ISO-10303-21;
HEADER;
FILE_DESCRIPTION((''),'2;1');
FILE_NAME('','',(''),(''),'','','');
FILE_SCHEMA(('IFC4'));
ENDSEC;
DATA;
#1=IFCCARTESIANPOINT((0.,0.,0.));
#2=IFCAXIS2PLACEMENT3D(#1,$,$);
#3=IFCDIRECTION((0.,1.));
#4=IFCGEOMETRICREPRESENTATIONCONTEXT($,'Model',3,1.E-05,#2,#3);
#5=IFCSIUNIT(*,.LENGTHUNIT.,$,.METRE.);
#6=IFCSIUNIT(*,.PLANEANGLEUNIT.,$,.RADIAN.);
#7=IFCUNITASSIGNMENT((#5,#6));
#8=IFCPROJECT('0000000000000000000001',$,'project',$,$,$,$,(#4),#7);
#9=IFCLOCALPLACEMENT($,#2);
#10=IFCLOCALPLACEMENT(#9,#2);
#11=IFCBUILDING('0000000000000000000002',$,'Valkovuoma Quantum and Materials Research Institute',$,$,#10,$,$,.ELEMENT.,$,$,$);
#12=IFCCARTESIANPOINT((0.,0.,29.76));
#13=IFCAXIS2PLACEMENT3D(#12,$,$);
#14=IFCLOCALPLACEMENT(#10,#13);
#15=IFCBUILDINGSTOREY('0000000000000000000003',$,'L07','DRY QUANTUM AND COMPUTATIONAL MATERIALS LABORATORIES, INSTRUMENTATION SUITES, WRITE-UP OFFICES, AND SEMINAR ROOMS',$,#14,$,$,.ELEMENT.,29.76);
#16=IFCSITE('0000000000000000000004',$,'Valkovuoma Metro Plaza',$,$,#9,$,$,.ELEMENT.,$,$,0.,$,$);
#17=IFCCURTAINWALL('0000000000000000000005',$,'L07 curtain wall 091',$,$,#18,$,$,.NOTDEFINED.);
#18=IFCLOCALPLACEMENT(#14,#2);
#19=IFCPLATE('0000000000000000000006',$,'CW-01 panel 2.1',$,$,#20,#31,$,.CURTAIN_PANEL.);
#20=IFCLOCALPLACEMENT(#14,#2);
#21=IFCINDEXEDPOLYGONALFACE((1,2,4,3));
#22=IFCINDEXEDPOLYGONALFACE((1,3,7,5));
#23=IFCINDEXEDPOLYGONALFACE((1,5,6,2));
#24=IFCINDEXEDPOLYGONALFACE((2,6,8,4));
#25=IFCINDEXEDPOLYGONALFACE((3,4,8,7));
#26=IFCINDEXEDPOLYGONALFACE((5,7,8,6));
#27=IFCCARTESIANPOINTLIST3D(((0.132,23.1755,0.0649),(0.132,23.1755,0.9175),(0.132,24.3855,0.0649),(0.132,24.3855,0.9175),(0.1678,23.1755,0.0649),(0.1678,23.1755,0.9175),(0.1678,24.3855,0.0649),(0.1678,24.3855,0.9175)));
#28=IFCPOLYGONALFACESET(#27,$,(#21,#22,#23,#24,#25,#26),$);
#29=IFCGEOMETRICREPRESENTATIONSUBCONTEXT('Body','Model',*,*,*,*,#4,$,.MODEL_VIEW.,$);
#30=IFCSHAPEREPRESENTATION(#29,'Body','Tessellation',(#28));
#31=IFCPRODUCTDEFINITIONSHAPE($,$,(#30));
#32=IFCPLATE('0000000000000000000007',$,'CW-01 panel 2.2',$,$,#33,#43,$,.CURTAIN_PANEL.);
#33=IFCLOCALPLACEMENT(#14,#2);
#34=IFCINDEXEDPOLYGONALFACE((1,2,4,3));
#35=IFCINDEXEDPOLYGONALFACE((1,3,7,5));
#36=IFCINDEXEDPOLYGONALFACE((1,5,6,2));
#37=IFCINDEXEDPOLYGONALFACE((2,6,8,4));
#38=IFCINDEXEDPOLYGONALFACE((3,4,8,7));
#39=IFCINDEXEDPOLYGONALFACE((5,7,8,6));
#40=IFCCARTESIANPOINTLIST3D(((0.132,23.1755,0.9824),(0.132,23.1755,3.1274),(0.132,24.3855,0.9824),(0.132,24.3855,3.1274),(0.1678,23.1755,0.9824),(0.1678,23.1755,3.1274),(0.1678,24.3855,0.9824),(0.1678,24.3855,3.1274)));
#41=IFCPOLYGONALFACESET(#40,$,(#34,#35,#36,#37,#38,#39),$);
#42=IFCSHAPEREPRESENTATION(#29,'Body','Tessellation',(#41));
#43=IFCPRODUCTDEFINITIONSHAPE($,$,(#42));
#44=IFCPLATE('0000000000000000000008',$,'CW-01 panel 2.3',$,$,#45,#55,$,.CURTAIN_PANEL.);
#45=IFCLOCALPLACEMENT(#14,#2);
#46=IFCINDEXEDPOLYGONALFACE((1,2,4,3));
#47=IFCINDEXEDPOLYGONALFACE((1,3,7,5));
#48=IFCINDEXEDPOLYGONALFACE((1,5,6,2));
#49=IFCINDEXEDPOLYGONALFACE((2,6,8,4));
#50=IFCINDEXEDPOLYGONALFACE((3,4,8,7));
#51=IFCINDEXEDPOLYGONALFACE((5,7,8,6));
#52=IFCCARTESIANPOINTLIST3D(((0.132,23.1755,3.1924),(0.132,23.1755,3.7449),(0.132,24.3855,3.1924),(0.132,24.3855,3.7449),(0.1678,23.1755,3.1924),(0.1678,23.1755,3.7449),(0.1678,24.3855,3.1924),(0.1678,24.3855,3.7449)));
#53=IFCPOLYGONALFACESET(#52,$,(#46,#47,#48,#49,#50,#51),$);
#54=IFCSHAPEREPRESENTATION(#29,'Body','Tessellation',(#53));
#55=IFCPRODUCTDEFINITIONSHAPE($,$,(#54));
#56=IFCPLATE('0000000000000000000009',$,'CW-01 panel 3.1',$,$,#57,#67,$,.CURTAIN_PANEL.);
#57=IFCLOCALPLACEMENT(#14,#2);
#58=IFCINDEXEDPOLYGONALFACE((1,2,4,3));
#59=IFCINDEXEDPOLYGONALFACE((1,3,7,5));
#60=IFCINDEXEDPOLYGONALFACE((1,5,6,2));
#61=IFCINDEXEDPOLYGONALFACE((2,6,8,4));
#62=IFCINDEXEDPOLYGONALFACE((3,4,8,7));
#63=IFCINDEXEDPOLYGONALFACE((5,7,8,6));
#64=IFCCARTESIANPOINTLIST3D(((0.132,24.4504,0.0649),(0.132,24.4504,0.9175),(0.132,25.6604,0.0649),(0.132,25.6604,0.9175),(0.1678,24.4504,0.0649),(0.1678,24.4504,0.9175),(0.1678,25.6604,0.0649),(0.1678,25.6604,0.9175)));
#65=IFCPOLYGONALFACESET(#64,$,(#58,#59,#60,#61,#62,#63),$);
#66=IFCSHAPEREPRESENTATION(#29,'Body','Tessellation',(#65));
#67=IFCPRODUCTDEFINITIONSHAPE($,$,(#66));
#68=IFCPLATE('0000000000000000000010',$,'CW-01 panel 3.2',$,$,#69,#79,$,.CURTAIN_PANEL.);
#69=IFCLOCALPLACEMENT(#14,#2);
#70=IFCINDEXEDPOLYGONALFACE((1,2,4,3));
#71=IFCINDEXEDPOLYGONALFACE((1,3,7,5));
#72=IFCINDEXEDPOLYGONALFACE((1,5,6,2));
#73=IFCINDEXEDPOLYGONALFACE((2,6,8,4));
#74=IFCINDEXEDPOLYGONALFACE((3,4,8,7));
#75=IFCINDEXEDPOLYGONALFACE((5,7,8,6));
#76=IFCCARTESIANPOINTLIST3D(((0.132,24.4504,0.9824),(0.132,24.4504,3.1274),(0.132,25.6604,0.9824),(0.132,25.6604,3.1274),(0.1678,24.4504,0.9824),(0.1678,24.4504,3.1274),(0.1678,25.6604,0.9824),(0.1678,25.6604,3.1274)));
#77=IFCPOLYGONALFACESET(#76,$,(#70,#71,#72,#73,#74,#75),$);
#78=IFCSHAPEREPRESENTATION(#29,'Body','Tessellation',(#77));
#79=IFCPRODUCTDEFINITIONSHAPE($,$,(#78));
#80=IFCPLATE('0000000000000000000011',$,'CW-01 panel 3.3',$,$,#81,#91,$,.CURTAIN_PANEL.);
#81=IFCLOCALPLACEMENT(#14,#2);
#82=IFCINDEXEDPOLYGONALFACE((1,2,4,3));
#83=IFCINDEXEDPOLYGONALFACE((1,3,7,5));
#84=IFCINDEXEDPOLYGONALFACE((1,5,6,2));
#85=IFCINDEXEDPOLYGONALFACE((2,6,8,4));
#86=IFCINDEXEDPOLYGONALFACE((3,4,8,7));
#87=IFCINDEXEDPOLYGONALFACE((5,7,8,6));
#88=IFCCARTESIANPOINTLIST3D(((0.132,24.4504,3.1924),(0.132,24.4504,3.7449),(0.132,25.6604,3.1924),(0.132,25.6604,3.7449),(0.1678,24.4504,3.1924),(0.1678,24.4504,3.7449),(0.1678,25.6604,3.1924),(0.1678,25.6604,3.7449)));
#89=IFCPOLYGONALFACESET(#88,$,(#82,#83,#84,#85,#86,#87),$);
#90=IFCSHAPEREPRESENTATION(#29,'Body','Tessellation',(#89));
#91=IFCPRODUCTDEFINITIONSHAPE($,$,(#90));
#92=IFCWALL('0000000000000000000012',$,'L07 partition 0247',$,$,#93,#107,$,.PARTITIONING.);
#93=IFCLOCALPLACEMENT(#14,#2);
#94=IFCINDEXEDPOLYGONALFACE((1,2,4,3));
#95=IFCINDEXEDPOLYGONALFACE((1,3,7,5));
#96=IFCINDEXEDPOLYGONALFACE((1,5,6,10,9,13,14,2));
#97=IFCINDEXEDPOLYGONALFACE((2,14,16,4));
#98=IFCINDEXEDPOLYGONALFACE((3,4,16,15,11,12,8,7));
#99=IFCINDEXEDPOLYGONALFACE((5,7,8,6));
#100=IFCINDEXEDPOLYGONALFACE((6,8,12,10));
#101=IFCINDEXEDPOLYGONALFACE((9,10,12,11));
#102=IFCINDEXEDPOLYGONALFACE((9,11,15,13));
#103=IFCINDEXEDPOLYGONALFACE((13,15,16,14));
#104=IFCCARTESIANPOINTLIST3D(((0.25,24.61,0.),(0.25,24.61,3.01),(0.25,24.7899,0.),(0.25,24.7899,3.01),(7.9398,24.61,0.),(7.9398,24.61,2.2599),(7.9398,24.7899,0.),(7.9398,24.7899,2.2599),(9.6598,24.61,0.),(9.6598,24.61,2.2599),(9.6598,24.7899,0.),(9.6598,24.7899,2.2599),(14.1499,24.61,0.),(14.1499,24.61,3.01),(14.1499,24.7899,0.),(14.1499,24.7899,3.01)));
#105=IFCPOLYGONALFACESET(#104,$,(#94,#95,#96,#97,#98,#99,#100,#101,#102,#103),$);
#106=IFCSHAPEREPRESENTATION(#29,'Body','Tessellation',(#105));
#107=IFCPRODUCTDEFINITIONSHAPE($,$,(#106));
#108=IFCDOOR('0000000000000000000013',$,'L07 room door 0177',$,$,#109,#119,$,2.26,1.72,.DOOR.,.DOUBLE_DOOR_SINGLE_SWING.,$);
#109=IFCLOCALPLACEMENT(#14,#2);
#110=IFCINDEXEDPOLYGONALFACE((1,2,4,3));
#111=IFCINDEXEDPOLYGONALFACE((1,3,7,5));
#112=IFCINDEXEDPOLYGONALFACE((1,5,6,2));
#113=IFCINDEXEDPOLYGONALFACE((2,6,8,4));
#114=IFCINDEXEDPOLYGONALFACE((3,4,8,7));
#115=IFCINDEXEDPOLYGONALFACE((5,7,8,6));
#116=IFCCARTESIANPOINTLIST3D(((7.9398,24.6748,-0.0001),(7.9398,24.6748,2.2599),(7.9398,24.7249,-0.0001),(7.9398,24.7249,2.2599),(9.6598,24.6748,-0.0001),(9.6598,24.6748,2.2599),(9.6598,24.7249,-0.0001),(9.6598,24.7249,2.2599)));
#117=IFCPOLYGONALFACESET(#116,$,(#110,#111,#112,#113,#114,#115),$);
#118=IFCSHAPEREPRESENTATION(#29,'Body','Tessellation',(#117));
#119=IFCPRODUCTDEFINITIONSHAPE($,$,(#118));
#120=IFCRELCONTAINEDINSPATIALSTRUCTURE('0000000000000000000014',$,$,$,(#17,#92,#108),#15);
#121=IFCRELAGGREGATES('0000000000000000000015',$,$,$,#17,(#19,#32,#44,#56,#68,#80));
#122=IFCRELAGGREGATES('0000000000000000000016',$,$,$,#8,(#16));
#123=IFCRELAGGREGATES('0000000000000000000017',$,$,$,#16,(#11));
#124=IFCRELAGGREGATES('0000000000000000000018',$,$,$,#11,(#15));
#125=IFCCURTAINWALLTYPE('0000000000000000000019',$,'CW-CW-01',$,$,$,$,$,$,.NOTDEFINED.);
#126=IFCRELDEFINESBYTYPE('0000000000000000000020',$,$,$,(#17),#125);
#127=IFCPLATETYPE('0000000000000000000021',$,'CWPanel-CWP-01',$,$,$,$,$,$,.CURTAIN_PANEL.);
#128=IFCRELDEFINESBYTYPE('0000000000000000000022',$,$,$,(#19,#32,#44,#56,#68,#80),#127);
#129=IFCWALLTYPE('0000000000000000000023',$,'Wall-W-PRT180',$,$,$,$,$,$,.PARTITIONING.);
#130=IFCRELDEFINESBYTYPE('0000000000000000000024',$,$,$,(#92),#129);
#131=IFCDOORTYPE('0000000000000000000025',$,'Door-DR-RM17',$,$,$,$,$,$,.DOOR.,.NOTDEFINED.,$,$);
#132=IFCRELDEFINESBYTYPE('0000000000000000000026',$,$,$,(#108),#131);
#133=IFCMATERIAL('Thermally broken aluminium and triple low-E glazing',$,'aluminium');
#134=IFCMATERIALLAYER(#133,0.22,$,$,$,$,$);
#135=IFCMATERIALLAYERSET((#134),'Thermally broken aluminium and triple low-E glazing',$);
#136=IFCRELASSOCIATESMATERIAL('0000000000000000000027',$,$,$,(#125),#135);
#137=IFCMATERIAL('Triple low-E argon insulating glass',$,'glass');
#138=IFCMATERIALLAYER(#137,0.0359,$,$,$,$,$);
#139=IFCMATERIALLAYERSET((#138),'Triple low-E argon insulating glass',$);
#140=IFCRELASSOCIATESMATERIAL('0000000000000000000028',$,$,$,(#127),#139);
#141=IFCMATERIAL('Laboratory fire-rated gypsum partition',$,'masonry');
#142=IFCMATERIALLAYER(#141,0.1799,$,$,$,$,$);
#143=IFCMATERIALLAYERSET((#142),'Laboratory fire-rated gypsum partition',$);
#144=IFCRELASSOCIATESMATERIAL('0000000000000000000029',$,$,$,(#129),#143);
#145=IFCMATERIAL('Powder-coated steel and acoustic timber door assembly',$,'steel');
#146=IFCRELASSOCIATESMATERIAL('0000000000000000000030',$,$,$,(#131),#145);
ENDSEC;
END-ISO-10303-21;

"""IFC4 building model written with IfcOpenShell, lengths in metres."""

from ifc_helpers import new_model, si_unit, direction, frame, frame_2d, origin, origin_2d, place, context, subcontext, project, spatial, rectangle, extrude, material, layer, layer_set, type_object, element, fill, aggregate, save


model = new_model("IFC4")

# Units and contexts
model_context = context("Model", 3, precision=1e-05, world=origin(), true_north=direction((0.0, 1.0)))
body_context = subcontext(model_context, "Body", "Model", "MODEL_VIEW")
ifc_project = project(units=[si_unit("LENGTHUNIT", "METRE"), si_unit("PLANEANGLEUNIT", "RADIAN")], contexts=[model_context])

# Site, building, storey
site_placement = place(None, origin())
site = spatial("IfcSite", under=ifc_project, at=site_placement, Name="Valkovuoma Metro Plaza", CompositionType="ELEMENT", RefElevation=0.0)
building_placement = place(site_placement, origin())
building = spatial("IfcBuilding", under=site, at=building_placement, Name="Valkovuoma Quantum and Materials Research Institute", CompositionType="ELEMENT")
storey_placement = place(building_placement, frame((0.0, 0.0, 29.76)))
storey = spatial("IfcBuildingStorey", under=building, at=storey_placement, Name="L07", Description="DRY QUANTUM AND COMPUTATIONAL MATERIALS LABORATORIES, INSTRUMENTATION SUITES, WRITE-UP OFFICES, AND SEMINAR ROOMS", CompositionType="ELEMENT", Elevation=29.76)

# Curtain wall, plates
ifc_material_1 = material(Name="Thermally broken aluminium and triple low-E glazing", Category="aluminium")
ifc_layer_1 = layer(ifc_material_1, 0.22)
ifc_layer_set_1 = layer_set([ifc_layer_1], Name="Thermally broken aluminium and triple low-E glazing")
curtain_wall_type = type_object("IfcCurtainWallType", Name="CW-CW-01", PredefinedType="NOTDEFINED", material=ifc_layer_set_1)
curtain_wall_placement = place(storey_placement, origin())
curtain_wall = element("IfcCurtainWall", 1, at=curtain_wall_placement, inside=storey, type_object=curtain_wall_type, Name="L07 curtain wall 091", PredefinedType="NOTDEFINED")
ifc_material_2 = material(Name="Triple low-E argon insulating glass", Category="glass")
ifc_layer_2 = layer(ifc_material_2, 0.0359)
ifc_layer_set_2 = layer_set([ifc_layer_2], Name="Triple low-E argon insulating glass")
plate_type = type_object("IfcPlateType", Name="CWPanel-CWP-01", PredefinedType="CURTAIN_PANEL", material=ifc_layer_set_2)
plate_1_placement = place(storey_placement, frame((0.1499, 23.7805, 0.0649), z_axis=(0.0, 0.0, 1.0), x_axis=(0.0, 1.0, 0.0)))
plate_1 = element("IfcPlate", 2, at=plate_1_placement, type_object=plate_type, Name="CW-01 panel 2.1", PredefinedType="CURTAIN_PANEL", context=body_context, shape_type="SweptSolid", body=[
    extrude(rectangle(XDim=1.21, YDim=0.0359, at=origin_2d()), origin(), (0.0, 0.0, 1.0), 0.8525),
])
plate_2_placement = place(storey_placement, frame((0.1499, 23.7805, 0.9824), z_axis=(0.0, 0.0, 1.0), x_axis=(0.0, 1.0, 0.0)))
plate_2 = element("IfcPlate", 3, at=plate_2_placement, type_object=plate_type, Name="CW-01 panel 2.2", PredefinedType="CURTAIN_PANEL", context=body_context, shape_type="SweptSolid", body=[
    extrude(rectangle(XDim=1.21, YDim=0.0359, at=origin_2d()), origin(), (0.0, 0.0, 1.0), 2.145),
])
plate_3_placement = place(storey_placement, frame((0.1499, 23.7805, 3.1924), z_axis=(0.0, 0.0, 1.0), x_axis=(0.0, 1.0, 0.0)))
plate_3 = element("IfcPlate", 4, at=plate_3_placement, type_object=plate_type, Name="CW-01 panel 2.3", PredefinedType="CURTAIN_PANEL", context=body_context, shape_type="SweptSolid", body=[
    extrude(rectangle(XDim=1.21, YDim=0.0359, at=origin_2d()), origin(), (0.0, 0.0, 1.0), 0.5525),
])
plate_4_placement = place(storey_placement, frame((0.1499, 25.0554, 0.0649), z_axis=(0.0, 0.0, 1.0), x_axis=(0.0, 1.0, 0.0)))
plate_4 = element("IfcPlate", 5, at=plate_4_placement, type_object=plate_type, Name="CW-01 panel 3.1", PredefinedType="CURTAIN_PANEL", context=body_context, shape_type="SweptSolid", body=[
    extrude(rectangle(XDim=1.21, YDim=0.0359, at=origin_2d()), origin(), (0.0, 0.0, 1.0), 0.8525),
])
plate_5_placement = place(storey_placement, frame((0.1499, 25.0554, 0.9824), z_axis=(0.0, 0.0, 1.0), x_axis=(0.0, 1.0, 0.0)))
plate_5 = element("IfcPlate", 6, at=plate_5_placement, type_object=plate_type, Name="CW-01 panel 3.2", PredefinedType="CURTAIN_PANEL", context=body_context, shape_type="SweptSolid", body=[
    extrude(rectangle(XDim=1.21, YDim=0.0359, at=origin_2d()), origin(), (0.0, 0.0, 1.0), 2.145),
])
plate_6_placement = place(storey_placement, frame((0.1499, 25.0554, 3.1924), z_axis=(0.0, 0.0, 1.0), x_axis=(0.0, 1.0, 0.0)))
plate_6 = element("IfcPlate", 7, at=plate_6_placement, type_object=plate_type, Name="CW-01 panel 3.3", PredefinedType="CURTAIN_PANEL", context=body_context, shape_type="SweptSolid", body=[
    extrude(rectangle(XDim=1.21, YDim=0.0359, at=origin_2d()), origin(), (0.0, 0.0, 1.0), 0.5525),
])
aggregate(curtain_wall, [plate_1, plate_2, plate_3, plate_4, plate_5, plate_6])

# Wall, opening, door
ifc_material_3 = material(Name="Laboratory fire-rated gypsum partition", Category="masonry")
ifc_layer_3 = layer(ifc_material_3, 0.1799)
ifc_layer_set_3 = layer_set([ifc_layer_3], Name="Laboratory fire-rated gypsum partition")
wall_type = type_object("IfcWallType", Name="Wall-W-PRT180", PredefinedType="PARTITIONING", material=ifc_layer_set_3)
wall_placement = place(storey_placement, frame((0.25, 24.7, 0.0), z_axis=(0.0, 0.0, 1.0), x_axis=(1.0, 0.0, 0.0)))
wall = element("IfcWall", 8, at=wall_placement, inside=storey, type_object=wall_type, Name="L07 partition 0247", PredefinedType="PARTITIONING", context=body_context, shape_type="SweptSolid", body=[
    extrude(rectangle(XDim=13.8999, YDim=0.1799, at=frame_2d((6.95, 0.0))), origin(), (0.0, 0.0, 1.0), 3.01),
])
opening_placement = place(wall_placement, frame((7.6899, 0.0, 0.0)))
opening = element("IfcOpeningElement", 9, at=opening_placement, cuts=wall, PredefinedType="OPENING", context=body_context, shape_type="SweptSolid", body=[
    extrude(rectangle(XDim=1.72, YDim=2.26, at=frame_2d((0.8599, 1.1299))), frame((0.0, 0.1001, 0.0), z_axis=(0.0, -1.0, 0.0), x_axis=(1.0, 0.0, 0.0)), (0.0, 0.0, 1.0), 0.2),
])
ifc_material_4 = material(Name="Powder-coated steel and acoustic timber door assembly", Category="steel")
door_type = type_object("IfcDoorType", Name="Door-DR-RM17", OperationType="NOTDEFINED", PredefinedType="DOOR", material=ifc_material_4)
door_placement = place(opening_placement, origin())
door = element("IfcDoor", 10, at=door_placement, inside=storey, type_object=door_type, Name="L07 room door 0177", OperationType="DOUBLE_DOOR_SINGLE_SWING", OverallHeight=2.26, OverallWidth=1.72, PredefinedType="DOOR", context=body_context, shape_type="SweptSolid", body=[
    extrude(rectangle(XDim=1.72, YDim=2.26, at=frame_2d((0.8599, 1.1299))), frame((0.0, 0.0249, 0.0), z_axis=(0.0, -1.0, 0.0), x_axis=(1.0, 0.0, 0.0)), (0.0, 0.0, 1.0), 0.05),
])
fill(opening, door)

save(model, "model.ifc")
